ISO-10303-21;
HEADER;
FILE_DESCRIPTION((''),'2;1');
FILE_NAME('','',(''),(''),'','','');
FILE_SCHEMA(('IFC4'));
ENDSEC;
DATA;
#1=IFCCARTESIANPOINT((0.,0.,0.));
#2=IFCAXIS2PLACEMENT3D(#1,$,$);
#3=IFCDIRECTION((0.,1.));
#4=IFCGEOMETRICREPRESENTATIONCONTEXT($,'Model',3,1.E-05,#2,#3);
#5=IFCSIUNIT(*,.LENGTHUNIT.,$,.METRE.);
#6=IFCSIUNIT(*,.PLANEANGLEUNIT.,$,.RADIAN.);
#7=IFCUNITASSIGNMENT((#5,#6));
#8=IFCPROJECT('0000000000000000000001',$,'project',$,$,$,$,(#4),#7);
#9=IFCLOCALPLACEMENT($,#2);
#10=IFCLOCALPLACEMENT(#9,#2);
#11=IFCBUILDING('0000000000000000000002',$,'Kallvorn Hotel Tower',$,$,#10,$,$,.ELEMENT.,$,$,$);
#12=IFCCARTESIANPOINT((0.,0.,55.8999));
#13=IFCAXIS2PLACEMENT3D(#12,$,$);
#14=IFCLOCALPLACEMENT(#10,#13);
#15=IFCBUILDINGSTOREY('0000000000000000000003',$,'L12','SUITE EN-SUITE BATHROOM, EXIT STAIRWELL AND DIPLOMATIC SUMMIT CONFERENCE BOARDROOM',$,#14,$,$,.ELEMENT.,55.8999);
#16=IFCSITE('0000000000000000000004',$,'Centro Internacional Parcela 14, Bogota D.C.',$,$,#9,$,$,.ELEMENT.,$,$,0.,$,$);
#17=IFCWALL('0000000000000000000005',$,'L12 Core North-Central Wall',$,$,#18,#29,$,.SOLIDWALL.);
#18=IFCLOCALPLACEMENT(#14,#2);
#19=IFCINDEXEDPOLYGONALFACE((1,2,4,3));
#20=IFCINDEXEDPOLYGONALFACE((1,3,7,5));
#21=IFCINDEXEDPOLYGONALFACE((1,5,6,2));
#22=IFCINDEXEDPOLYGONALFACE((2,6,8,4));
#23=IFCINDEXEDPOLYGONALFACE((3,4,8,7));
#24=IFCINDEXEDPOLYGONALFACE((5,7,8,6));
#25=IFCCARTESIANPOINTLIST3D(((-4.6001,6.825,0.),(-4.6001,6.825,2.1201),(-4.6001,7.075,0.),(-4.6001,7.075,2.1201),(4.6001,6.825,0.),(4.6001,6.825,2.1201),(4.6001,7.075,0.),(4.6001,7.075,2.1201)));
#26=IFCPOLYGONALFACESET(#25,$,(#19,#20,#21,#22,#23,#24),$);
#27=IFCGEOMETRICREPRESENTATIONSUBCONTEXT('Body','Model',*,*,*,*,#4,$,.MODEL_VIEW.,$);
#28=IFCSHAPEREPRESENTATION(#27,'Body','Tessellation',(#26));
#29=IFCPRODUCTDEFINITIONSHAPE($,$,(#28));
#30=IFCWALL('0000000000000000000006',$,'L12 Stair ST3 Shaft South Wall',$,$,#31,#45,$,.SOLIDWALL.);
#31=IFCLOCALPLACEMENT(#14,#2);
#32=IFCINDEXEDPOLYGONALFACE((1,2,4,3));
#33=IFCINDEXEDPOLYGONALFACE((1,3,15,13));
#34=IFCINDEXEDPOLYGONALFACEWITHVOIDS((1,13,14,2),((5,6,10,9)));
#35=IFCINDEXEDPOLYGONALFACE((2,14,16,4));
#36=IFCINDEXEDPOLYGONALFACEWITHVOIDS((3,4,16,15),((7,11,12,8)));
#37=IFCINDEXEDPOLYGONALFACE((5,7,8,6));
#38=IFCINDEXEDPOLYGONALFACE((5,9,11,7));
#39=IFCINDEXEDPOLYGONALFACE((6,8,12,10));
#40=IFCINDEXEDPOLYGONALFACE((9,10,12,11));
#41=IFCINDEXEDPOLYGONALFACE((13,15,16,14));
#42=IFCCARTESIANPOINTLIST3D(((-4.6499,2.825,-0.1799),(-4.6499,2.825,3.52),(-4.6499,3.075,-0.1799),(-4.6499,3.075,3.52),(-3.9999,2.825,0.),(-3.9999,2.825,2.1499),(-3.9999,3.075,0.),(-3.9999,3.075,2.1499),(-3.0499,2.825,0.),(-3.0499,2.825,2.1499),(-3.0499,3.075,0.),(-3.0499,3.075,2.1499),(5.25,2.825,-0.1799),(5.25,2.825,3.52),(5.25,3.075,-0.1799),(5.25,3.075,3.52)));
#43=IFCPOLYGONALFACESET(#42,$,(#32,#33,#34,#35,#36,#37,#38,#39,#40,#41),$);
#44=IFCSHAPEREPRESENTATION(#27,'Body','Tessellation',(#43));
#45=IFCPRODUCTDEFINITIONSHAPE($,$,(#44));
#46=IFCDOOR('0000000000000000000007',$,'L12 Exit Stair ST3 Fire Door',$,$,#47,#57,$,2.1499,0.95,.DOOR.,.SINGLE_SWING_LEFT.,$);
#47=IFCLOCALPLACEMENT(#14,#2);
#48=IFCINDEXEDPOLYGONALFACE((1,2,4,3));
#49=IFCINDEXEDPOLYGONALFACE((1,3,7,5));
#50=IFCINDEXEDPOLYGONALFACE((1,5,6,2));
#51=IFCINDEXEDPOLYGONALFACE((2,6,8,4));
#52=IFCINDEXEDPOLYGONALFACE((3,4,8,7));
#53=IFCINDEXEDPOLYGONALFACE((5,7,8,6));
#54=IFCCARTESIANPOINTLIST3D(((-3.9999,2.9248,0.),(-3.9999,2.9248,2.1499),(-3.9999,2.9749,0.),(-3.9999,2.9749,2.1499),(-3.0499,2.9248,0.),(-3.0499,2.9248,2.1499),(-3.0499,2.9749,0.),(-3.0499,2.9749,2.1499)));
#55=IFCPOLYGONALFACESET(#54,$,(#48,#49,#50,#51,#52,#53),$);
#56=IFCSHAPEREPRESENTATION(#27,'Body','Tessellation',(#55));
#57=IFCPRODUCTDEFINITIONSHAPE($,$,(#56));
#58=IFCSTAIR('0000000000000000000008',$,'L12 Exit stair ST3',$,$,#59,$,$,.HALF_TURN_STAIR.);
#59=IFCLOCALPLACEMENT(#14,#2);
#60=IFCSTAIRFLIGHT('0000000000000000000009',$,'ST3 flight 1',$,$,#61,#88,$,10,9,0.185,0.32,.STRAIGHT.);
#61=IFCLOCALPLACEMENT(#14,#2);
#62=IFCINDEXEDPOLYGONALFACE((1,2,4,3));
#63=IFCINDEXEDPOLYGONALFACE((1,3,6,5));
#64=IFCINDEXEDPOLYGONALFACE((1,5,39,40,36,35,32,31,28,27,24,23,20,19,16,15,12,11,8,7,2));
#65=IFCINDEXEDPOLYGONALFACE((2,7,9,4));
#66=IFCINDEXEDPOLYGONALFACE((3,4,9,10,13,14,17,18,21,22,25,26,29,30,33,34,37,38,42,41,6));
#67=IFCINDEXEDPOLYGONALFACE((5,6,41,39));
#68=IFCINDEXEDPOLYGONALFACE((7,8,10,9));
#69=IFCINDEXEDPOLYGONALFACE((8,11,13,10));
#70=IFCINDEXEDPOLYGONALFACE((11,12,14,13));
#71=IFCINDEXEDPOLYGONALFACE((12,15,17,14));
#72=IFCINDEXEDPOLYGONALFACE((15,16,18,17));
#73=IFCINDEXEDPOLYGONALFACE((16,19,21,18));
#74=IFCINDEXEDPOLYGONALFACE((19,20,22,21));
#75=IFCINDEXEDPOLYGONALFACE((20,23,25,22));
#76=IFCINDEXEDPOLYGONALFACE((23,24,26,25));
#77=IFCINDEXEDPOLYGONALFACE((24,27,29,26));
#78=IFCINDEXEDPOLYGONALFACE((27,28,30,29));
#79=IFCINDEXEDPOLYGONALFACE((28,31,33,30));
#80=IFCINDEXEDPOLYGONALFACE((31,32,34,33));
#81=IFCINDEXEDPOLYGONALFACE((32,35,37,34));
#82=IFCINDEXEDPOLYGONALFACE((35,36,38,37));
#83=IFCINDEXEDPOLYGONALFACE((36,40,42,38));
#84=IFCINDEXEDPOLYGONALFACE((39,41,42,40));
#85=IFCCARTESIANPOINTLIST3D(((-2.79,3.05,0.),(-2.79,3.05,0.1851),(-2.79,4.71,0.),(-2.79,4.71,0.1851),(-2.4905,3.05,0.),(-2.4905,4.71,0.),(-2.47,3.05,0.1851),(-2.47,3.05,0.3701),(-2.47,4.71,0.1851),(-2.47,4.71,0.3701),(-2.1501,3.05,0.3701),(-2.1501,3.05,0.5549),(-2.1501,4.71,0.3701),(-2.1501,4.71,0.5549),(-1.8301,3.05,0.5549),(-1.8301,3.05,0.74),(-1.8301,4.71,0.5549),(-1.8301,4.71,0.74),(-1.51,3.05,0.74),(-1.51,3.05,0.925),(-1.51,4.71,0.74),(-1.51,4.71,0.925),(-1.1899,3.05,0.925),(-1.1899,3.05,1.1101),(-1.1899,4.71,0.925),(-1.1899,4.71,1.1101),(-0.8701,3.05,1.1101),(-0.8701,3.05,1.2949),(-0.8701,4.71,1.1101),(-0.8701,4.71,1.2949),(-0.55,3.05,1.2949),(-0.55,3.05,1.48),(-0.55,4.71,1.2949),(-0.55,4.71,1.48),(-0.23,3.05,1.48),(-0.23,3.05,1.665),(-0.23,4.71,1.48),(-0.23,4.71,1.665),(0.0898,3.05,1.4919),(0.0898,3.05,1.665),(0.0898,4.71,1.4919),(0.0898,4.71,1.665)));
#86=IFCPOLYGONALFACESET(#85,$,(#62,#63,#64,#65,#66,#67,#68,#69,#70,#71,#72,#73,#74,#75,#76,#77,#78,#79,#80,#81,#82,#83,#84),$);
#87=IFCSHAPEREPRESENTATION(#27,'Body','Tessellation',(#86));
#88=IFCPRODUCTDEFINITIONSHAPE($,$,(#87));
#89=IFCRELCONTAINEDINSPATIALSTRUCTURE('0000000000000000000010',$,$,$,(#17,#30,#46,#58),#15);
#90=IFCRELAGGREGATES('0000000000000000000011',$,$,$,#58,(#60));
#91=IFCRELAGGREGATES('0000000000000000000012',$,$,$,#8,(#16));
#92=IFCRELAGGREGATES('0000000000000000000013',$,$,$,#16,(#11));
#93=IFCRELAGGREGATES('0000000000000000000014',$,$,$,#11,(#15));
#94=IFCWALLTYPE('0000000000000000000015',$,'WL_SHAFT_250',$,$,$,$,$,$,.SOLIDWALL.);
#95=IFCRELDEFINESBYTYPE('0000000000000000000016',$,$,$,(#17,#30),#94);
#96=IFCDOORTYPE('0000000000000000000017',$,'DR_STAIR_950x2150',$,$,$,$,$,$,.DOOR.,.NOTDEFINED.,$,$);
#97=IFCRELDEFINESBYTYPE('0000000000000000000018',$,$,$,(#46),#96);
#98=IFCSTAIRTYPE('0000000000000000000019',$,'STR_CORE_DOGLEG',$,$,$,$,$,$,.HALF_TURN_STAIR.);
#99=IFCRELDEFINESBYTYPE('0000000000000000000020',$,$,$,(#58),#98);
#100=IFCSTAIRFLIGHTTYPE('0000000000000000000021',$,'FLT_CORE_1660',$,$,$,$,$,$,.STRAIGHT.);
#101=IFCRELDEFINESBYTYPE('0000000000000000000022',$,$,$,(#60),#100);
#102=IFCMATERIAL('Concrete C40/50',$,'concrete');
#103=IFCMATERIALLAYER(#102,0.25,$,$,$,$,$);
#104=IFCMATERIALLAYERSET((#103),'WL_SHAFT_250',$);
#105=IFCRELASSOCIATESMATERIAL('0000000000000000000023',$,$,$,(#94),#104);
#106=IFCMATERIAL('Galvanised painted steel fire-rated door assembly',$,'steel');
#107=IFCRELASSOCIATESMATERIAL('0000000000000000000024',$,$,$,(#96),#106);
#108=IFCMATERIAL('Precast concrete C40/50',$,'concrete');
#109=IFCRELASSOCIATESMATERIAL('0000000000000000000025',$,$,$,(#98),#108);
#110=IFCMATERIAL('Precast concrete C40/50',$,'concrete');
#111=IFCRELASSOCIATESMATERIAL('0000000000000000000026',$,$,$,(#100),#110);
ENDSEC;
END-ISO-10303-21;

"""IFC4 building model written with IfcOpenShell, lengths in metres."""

from ifc_helpers import new_model, si_unit, direction, frame, frame_2d, origin, place, context, subcontext, project, spatial, polyline, rectangle, outline, extrude, material, layer, layer_set, type_object, element, fill, aggregate, save


model = new_model("IFC4")

# Units and contexts
model_context = context("Model", 3, precision=1e-05, world=origin(), true_north=direction((0.0, 1.0)))
body_context = subcontext(model_context, "Body", "Model", "MODEL_VIEW")
ifc_project = project(units=[si_unit("LENGTHUNIT", "METRE"), si_unit("PLANEANGLEUNIT", "RADIAN")], contexts=[model_context])

# Site, building, storey
site_placement = place(None, origin())
site = spatial("IfcSite", under=ifc_project, at=site_placement, Name="Centro Internacional Parcela 14, Bogota D.C.", CompositionType="ELEMENT", RefElevation=0.0)
building_placement = place(site_placement, origin())
building = spatial("IfcBuilding", under=site, at=building_placement, Name="Kallvorn Hotel Tower", CompositionType="ELEMENT")
storey_placement = place(building_placement, frame((0.0, 0.0, 55.8999)))
storey = spatial("IfcBuildingStorey", under=building, at=storey_placement, Name="L12", Description="SUITE EN-SUITE BATHROOM, EXIT STAIRWELL AND DIPLOMATIC SUMMIT CONFERENCE BOARDROOM", CompositionType="ELEMENT", Elevation=55.8999)

# Wall
ifc_material_1 = material(Name="Concrete C40/50", Category="concrete")
ifc_layer_1 = layer(ifc_material_1, 0.25)
ifc_layer_set_1 = layer_set([ifc_layer_1], Name="WL_SHAFT_250")
wall_type_1 = type_object("IfcWallType", Name="WL_SHAFT_250", PredefinedType="SOLIDWALL", material=ifc_layer_set_1)
wall_1_placement = place(storey_placement, frame((-4.6001, 6.95, 0.0), z_axis=(0.0, 0.0, 1.0), x_axis=(1.0, 0.0, 0.0)))
element("IfcWall", 1, at=wall_1_placement, inside=storey, type_object=wall_type_1, Name="L12 Core North-Central Wall", PredefinedType="SOLIDWALL", context=body_context, shape_type="SweptSolid", body=[
    extrude(rectangle(XDim=9.2002, YDim=0.25, at=frame_2d((4.6001, 0.0))), origin(), (0.0, 0.0, 1.0), 2.1201),
])

# Wall, opening, door
wall_2_placement = place(storey_placement, frame((-4.6499, 2.95, -0.1799), z_axis=(0.0, 0.0, 1.0), x_axis=(1.0, 0.0, 0.0)))
wall_2 = element("IfcWall", 2, at=wall_2_placement, inside=storey, type_object=wall_type_1, Name="L12 Stair ST3 Shaft South Wall", PredefinedType="SOLIDWALL", context=body_context, shape_type="SweptSolid", body=[
    extrude(rectangle(XDim=9.8999, YDim=0.25, at=frame_2d((4.95, 0.0))), origin(), (0.0, 0.0, 1.0), 3.7),
])
opening_1_placement = place(wall_2_placement, frame((0.6499, 0.0, 0.1799)))
opening_1 = element("IfcOpeningElement", 3, at=opening_1_placement, cuts=wall_2, PredefinedType="OPENING", context=body_context, shape_type="SweptSolid", body=[
    extrude(rectangle(XDim=0.95, YDim=2.1499, at=frame_2d((0.4751, 1.075))), frame((0.0, 0.1399, 0.0), z_axis=(0.0, -1.0, 0.0), x_axis=(1.0, 0.0, 0.0)), (0.0, 0.0, 1.0), 0.28),
])
ifc_material_2 = material(Name="Galvanised painted steel fire-rated door assembly", Category="steel")
door_type_1 = type_object("IfcDoorType", Name="DR_STAIR_950x2150", OperationType="NOTDEFINED", PredefinedType="DOOR", material=ifc_material_2)
door_1_placement = place(opening_1_placement, origin())
door_1 = element("IfcDoor", 4, at=door_1_placement, inside=storey, type_object=door_type_1, Name="L12 Exit Stair ST3 Fire Door", OperationType="SINGLE_SWING_LEFT", OverallHeight=2.1499, OverallWidth=0.95, PredefinedType="DOOR", context=body_context, shape_type="SweptSolid", body=[
    extrude(rectangle(XDim=0.95, YDim=2.1499, at=frame_2d((0.4751, 1.075))), frame((0.0, 0.0249, 0.0), z_axis=(0.0, -1.0, 0.0), x_axis=(1.0, 0.0, 0.0)), (0.0, 0.0, 1.0), 0.05),
])
fill(opening_1, door_1)

# Stair, stair flight
ifc_material_3 = material(Name="Precast concrete C40/50", Category="concrete")
stair_type = type_object("IfcStairType", Name="STR_CORE_DOGLEG", PredefinedType="HALF_TURN_STAIR", material=ifc_material_3)
stair_placement = place(storey_placement, origin())
stair = element("IfcStair", 5, at=stair_placement, inside=storey, type_object=stair_type, Name="L12 Exit stair ST3", PredefinedType="HALF_TURN_STAIR")
ifc_material_4 = material(Name="Precast concrete C40/50", Category="concrete")
stair_flight_type = type_object("IfcStairFlightType", Name="FLT_CORE_1660", PredefinedType="STRAIGHT", material=ifc_material_4)
stair_flight_placement = place(storey_placement, frame((-2.79, 3.8799, 0.0), z_axis=(0.0, 0.0, 1.0), x_axis=(1.0, 0.0, 0.0)))
stair_flight = element("IfcStairFlight", 6, at=stair_flight_placement, type_object=stair_flight_type, Name="ST3 flight 1", NumberOfRisers=10, NumberOfTreads=9, PredefinedType="STRAIGHT", RiserHeight=0.185, TreadLength=0.32, context=body_context, shape_type="SweptSolid", body=[
    extrude(outline(polyline([(0.0, 0.0), (0.0, 0.1851), (0.3201, 0.1851), (0.3201, 0.3701), (0.6399, 0.3701), (0.6399, 0.5549), (0.96, 0.5549), (0.96, 0.74), (1.28, 0.74), (1.28, 0.925), (1.6001, 0.925), (1.6001, 1.1101), (1.9199, 1.1101), (1.9199, 1.2949), (2.24, 1.2949), (2.24, 1.48), (2.5601, 1.48), (2.5601, 1.665), (2.8799, 1.665), (2.8799, 1.8501), (2.8799, 1.4919), (0.2996, 0.0), (0.0, 0.0)])), frame((0.0, 0.8301, 0.0), z_axis=(0.0, -1.0, 0.0), x_axis=(1.0, 0.0, 0.0)), (0.0, 0.0, 1.0), 1.6599),
])
aggregate(stair, [stair_flight])

save(model, "model.ifc")
